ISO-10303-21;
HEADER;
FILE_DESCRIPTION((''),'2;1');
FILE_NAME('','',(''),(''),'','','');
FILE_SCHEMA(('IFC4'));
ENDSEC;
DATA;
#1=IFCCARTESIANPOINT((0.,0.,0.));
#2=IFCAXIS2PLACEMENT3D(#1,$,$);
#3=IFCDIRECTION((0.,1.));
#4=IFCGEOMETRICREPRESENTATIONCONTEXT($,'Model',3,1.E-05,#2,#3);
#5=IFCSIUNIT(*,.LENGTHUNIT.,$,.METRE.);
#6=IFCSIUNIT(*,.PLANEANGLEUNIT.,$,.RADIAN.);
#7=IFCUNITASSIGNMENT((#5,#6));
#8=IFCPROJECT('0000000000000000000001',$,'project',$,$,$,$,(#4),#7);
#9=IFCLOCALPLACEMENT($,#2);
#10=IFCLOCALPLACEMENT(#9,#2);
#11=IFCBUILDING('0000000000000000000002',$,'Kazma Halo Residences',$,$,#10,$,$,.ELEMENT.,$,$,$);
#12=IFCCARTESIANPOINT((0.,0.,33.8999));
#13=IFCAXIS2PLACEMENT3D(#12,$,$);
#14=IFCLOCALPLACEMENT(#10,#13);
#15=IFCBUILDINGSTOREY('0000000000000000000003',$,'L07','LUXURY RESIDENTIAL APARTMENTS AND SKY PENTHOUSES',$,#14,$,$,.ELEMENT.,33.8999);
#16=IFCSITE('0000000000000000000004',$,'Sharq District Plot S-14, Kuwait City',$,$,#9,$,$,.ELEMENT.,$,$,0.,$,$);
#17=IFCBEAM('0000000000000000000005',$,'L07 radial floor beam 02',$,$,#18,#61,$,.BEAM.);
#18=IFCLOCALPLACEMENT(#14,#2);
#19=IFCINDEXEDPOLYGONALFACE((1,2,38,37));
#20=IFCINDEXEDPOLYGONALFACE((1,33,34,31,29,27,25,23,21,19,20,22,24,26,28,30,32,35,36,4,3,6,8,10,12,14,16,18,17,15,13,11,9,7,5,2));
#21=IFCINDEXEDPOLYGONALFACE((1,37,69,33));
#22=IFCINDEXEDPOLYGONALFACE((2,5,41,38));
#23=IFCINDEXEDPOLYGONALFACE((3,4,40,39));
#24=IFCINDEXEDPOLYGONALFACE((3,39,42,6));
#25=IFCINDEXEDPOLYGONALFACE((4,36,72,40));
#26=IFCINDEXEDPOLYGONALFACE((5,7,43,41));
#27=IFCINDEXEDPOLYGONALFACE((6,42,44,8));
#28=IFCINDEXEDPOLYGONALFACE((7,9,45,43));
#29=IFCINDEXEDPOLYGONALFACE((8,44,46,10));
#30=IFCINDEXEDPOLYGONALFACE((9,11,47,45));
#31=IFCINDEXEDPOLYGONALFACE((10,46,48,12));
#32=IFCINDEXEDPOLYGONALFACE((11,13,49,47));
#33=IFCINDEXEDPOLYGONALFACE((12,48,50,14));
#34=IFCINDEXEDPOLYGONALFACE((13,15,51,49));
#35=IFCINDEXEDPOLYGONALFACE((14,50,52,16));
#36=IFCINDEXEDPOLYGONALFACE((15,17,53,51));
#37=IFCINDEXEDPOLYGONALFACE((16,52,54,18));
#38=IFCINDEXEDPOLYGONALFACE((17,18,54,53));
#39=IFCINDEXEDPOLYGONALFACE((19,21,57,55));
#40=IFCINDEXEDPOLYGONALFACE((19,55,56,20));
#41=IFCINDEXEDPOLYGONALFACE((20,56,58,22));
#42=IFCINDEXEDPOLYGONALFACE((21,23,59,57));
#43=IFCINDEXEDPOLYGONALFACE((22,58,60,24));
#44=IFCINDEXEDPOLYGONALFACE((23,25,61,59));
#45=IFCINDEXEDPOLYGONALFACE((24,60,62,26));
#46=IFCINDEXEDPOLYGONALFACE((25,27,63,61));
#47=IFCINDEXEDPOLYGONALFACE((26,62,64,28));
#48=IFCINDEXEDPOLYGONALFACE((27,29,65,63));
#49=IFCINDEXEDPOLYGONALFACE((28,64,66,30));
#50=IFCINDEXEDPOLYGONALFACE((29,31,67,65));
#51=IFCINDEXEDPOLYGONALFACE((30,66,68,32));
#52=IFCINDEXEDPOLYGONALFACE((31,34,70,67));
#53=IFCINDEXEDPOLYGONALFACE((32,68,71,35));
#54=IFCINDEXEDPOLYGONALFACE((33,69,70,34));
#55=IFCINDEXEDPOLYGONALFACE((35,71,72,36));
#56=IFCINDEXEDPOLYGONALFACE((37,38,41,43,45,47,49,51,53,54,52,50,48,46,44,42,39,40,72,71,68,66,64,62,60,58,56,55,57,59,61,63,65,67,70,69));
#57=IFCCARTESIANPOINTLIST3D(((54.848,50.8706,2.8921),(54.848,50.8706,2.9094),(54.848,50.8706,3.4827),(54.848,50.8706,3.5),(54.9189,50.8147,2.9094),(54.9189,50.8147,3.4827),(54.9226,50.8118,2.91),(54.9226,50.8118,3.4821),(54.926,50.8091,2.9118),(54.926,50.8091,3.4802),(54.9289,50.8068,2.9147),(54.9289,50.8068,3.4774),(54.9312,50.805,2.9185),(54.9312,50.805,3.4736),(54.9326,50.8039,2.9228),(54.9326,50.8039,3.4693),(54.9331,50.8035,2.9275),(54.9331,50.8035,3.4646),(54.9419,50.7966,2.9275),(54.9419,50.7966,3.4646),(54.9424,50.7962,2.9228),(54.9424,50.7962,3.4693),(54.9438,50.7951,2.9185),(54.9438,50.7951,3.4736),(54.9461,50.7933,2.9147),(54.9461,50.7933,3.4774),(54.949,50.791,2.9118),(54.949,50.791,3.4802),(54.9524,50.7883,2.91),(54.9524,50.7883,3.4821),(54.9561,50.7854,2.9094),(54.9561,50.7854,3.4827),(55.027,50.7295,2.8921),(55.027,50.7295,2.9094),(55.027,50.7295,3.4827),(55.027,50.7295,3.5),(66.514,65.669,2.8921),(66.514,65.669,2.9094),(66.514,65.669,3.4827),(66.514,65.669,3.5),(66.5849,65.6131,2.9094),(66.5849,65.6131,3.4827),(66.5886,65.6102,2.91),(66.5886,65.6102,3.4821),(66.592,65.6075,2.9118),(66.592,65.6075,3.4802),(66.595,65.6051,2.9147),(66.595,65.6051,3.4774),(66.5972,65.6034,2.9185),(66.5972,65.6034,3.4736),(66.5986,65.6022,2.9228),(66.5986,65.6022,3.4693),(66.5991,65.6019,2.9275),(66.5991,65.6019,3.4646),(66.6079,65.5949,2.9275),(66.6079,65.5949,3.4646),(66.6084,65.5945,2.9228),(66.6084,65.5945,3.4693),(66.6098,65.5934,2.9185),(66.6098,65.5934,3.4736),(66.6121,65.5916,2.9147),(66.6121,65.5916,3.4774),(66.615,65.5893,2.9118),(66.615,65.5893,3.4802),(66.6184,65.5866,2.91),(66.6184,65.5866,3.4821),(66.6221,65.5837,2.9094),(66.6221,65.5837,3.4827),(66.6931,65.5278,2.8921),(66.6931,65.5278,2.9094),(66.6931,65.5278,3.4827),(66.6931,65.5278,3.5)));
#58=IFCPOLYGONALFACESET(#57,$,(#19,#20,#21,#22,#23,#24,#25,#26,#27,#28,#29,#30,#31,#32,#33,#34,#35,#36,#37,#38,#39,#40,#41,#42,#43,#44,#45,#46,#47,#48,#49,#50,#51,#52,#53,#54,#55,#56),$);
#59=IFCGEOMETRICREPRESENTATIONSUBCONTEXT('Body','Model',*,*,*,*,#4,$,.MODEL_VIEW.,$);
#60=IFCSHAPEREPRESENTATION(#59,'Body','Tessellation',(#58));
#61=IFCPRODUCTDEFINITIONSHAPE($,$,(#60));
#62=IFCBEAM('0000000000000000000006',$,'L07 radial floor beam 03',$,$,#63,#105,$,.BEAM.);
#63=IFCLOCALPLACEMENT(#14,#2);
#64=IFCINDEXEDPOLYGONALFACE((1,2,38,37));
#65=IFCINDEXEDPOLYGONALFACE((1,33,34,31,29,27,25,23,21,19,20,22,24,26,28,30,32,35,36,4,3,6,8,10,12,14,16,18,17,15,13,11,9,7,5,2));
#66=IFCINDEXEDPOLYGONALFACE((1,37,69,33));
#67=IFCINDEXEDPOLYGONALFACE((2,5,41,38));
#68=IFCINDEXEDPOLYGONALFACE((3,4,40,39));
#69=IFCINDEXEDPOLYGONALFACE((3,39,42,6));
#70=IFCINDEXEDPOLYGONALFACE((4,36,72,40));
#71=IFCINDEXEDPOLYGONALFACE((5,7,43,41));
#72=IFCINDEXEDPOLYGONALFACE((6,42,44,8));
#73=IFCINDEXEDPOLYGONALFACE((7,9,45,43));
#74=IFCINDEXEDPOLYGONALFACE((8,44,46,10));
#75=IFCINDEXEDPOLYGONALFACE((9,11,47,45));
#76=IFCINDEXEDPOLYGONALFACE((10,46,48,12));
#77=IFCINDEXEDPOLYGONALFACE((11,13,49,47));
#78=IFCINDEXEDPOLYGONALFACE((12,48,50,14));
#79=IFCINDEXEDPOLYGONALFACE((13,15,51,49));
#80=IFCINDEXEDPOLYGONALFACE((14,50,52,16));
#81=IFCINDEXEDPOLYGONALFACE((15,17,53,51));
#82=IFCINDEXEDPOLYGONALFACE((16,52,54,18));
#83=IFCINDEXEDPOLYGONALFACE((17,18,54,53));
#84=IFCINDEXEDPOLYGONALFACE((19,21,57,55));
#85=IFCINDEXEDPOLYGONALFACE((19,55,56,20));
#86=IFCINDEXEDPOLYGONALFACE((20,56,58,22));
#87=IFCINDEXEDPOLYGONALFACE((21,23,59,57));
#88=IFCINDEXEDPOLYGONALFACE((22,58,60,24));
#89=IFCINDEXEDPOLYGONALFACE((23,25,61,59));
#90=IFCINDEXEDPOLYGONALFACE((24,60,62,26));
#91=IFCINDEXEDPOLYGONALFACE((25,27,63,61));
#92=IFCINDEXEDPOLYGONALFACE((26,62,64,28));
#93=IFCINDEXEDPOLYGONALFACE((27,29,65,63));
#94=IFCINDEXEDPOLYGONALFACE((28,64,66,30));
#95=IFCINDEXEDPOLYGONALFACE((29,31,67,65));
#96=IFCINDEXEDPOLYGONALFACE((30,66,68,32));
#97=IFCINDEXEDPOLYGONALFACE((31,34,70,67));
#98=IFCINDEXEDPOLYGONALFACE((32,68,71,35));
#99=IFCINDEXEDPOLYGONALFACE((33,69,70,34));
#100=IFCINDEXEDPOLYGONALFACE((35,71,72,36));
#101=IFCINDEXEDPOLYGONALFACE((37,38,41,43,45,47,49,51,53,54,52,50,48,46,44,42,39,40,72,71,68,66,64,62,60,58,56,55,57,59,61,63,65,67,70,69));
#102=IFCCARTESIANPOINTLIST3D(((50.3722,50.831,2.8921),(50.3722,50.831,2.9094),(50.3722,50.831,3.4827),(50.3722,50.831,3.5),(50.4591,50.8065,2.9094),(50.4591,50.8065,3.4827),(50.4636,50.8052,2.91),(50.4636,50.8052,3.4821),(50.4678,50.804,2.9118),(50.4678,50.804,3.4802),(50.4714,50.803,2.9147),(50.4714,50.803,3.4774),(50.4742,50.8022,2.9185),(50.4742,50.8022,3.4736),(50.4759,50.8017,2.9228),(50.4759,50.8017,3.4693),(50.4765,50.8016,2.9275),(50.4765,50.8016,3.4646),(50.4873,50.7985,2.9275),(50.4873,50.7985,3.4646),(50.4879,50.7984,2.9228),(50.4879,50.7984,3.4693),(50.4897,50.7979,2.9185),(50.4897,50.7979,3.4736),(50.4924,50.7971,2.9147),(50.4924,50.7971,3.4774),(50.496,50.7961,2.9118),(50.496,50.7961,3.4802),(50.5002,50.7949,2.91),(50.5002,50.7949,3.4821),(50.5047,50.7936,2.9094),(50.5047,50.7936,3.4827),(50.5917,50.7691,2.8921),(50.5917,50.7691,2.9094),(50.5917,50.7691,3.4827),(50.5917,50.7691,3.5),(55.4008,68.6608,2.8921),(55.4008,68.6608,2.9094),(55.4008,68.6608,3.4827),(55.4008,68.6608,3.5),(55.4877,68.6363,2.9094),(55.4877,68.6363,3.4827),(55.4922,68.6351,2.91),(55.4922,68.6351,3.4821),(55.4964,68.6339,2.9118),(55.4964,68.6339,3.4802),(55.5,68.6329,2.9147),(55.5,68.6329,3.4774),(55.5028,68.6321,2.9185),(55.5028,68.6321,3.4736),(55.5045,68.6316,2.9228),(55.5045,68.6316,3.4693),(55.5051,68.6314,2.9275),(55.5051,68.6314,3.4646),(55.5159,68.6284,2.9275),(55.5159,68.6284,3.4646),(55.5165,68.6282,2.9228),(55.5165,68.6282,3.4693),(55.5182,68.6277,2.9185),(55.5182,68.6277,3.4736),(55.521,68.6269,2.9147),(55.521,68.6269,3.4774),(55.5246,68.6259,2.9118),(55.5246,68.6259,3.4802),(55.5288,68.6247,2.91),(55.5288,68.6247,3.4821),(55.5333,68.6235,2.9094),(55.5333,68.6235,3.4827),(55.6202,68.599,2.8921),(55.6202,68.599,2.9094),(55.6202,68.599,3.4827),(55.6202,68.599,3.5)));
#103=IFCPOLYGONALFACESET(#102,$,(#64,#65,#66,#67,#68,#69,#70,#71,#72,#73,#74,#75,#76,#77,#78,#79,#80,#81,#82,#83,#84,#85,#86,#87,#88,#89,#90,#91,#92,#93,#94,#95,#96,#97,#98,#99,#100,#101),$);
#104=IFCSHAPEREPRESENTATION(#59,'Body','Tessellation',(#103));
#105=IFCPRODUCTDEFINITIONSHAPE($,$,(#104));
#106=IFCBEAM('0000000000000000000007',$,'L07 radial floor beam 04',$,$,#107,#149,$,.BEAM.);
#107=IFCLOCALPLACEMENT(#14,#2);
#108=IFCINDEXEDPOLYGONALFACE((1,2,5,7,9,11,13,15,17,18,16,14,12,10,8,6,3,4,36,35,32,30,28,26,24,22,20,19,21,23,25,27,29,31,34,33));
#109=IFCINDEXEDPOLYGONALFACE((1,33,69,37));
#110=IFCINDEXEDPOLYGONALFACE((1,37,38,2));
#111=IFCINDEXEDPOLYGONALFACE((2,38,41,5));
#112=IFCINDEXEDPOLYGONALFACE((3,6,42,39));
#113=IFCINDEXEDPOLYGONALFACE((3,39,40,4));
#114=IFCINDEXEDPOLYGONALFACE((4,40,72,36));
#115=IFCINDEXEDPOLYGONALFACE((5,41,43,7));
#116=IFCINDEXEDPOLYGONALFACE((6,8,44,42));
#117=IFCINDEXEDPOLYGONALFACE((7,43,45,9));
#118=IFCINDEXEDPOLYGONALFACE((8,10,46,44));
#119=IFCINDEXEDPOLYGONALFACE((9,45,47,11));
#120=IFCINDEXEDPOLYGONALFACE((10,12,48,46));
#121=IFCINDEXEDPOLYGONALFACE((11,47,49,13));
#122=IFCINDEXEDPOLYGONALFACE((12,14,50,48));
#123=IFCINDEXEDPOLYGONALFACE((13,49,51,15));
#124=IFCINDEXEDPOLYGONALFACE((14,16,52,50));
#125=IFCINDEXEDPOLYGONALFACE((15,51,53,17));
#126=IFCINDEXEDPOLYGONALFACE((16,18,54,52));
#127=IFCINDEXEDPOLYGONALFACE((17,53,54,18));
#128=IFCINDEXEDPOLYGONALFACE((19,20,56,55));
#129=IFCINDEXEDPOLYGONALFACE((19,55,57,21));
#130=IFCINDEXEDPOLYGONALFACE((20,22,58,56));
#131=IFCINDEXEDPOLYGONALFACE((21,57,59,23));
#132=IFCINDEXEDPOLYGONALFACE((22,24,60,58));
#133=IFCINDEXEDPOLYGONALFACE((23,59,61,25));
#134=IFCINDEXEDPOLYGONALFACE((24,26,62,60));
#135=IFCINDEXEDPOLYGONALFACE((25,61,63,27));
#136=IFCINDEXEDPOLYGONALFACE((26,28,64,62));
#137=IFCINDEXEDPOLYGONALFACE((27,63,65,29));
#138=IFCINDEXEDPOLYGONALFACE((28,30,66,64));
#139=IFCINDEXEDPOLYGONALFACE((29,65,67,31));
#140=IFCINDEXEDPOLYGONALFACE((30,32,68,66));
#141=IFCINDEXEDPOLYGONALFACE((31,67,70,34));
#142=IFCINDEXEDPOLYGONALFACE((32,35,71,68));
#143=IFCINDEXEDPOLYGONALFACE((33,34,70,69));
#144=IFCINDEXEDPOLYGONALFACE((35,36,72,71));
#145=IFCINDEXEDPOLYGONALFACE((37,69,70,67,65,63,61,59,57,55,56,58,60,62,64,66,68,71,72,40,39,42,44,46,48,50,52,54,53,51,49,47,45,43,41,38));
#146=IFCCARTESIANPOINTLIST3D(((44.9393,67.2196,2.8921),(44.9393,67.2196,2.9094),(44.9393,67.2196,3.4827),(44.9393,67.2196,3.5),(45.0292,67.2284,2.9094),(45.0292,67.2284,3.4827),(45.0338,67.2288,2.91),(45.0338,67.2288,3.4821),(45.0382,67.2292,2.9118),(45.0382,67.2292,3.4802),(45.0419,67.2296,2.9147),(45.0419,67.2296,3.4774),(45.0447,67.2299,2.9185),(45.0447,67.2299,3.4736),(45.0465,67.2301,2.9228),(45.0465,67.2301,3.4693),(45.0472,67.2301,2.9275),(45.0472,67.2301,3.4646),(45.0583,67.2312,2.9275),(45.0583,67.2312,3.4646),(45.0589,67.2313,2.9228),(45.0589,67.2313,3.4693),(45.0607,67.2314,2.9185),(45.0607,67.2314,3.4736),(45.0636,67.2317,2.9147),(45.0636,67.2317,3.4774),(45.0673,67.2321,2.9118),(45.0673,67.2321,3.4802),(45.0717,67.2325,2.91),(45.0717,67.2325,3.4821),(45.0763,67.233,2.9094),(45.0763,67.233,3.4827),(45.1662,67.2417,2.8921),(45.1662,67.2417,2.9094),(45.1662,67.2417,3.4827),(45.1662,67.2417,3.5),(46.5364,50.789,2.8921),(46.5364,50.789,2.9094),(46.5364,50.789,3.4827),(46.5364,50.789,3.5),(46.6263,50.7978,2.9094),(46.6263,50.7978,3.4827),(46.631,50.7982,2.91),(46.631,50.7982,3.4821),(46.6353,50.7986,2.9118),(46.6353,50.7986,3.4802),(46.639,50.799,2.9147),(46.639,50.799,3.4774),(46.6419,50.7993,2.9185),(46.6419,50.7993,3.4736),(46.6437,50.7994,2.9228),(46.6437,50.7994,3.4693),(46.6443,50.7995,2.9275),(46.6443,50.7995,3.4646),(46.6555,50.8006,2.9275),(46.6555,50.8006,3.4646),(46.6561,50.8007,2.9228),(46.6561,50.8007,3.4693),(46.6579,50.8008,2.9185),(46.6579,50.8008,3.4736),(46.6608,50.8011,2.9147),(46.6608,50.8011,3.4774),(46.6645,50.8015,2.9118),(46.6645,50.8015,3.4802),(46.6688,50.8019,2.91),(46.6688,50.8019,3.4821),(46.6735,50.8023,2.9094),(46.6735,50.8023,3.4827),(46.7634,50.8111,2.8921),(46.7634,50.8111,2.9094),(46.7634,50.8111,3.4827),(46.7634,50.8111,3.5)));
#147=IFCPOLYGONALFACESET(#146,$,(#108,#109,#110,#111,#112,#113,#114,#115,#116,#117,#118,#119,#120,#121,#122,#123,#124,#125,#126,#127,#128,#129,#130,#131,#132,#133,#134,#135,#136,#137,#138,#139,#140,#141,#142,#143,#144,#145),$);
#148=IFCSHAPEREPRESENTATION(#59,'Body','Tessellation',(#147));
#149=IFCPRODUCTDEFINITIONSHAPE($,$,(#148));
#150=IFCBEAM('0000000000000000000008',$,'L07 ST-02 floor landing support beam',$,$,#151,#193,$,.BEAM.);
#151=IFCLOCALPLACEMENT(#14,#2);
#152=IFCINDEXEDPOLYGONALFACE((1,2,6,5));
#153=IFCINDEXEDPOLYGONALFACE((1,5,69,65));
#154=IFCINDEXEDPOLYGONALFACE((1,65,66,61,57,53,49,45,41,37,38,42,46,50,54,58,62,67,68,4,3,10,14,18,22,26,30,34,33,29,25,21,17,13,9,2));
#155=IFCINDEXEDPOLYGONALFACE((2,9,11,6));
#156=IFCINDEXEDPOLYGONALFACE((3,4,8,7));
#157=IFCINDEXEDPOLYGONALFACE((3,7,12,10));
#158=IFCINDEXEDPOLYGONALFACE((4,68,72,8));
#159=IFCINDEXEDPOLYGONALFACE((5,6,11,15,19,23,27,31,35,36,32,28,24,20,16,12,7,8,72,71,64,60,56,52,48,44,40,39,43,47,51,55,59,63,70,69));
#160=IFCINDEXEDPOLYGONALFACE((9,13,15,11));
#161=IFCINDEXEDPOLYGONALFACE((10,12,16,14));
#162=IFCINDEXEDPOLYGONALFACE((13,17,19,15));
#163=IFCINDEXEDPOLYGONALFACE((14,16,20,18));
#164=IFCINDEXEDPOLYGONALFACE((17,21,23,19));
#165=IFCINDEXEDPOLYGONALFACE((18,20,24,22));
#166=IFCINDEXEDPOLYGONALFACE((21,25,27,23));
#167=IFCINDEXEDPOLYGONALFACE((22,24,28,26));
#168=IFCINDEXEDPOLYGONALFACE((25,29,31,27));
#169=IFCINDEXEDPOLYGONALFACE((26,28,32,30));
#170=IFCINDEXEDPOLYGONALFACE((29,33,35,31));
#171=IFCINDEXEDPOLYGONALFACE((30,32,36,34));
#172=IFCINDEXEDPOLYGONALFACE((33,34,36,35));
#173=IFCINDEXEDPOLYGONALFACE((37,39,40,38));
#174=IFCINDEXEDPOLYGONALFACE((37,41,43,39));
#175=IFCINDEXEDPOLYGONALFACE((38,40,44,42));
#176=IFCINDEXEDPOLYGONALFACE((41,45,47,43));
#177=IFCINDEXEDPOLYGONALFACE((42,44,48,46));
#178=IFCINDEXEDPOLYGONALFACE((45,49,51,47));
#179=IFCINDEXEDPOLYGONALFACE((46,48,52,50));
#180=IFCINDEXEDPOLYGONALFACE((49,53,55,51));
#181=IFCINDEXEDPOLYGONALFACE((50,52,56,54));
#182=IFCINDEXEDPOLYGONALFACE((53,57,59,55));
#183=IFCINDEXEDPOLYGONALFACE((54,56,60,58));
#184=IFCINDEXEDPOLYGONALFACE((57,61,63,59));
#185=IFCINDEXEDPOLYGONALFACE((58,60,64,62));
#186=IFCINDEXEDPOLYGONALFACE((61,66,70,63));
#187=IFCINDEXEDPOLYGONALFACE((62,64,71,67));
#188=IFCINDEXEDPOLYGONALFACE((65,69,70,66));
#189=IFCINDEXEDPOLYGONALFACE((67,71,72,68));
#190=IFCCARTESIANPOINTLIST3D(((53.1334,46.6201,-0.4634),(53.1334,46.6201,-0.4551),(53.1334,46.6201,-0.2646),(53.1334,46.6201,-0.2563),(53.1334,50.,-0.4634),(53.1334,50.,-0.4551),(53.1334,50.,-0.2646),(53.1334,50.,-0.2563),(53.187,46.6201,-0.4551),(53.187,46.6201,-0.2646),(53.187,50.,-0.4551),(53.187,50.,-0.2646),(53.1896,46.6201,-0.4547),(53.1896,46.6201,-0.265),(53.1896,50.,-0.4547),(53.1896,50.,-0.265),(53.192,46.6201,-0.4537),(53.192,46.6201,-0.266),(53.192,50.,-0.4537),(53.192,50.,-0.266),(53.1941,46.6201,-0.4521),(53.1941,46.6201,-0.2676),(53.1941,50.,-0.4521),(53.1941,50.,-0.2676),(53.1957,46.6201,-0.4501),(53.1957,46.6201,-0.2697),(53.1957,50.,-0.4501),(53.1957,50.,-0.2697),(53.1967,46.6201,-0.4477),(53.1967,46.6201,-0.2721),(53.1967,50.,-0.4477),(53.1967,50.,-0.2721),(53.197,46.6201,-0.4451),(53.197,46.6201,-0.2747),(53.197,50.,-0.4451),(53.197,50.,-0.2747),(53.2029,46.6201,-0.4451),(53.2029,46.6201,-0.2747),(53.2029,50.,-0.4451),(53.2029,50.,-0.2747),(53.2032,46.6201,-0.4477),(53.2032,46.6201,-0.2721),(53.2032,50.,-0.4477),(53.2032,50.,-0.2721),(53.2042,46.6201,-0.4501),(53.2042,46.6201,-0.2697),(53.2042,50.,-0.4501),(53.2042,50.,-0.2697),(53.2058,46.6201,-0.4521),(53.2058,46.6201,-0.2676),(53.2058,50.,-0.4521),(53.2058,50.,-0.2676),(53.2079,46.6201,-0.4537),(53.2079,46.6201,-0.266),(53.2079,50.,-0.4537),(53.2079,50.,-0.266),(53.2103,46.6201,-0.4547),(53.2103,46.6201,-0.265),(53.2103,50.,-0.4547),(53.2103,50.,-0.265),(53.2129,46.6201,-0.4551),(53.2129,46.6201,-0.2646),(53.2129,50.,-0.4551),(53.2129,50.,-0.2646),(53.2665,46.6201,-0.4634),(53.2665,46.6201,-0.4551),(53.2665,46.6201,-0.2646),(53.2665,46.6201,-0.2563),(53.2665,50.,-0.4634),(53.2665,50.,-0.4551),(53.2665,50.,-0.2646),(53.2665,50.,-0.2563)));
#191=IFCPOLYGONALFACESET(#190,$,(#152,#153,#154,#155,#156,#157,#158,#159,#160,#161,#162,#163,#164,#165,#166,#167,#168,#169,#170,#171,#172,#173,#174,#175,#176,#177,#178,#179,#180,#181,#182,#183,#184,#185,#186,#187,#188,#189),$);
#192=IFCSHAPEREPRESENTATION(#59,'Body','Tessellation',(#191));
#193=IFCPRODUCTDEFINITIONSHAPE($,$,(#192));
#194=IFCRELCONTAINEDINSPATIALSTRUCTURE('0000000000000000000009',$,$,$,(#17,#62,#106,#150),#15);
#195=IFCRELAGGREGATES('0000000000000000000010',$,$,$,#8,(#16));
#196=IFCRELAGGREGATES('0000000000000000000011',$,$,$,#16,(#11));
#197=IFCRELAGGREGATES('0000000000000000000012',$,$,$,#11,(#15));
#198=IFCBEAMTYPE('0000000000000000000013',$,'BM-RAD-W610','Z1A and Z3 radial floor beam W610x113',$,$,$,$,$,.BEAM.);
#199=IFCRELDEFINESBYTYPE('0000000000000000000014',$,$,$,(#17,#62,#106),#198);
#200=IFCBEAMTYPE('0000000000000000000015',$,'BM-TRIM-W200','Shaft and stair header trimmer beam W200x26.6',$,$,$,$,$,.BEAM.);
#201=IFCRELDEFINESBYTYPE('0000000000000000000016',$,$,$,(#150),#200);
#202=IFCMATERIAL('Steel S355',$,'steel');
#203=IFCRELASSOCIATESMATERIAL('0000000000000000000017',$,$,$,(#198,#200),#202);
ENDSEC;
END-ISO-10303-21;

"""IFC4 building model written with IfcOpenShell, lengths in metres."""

from ifc_helpers import new_model, si_unit, direction, frame, origin, origin_2d, place, context, subcontext, project, spatial, i_section, extrude, material, material_profile, profile_set, type_object, element, save


model = new_model("IFC4")

# Units and contexts
model_context = context("Model", 3, precision=1e-05, world=origin(), true_north=direction((0.0, 1.0)))
body_context = subcontext(model_context, "Body", "Model", "MODEL_VIEW")
ifc_project = project(units=[si_unit("LENGTHUNIT", "METRE"), si_unit("PLANEANGLEUNIT", "RADIAN")], contexts=[model_context])

# Site, building, storey
site_placement = place(None, origin())
site = spatial("IfcSite", under=ifc_project, at=site_placement, Name="Sharq District Plot S-14, Kuwait City", CompositionType="ELEMENT", RefElevation=0.0)
building_placement = place(site_placement, origin())
building = spatial("IfcBuilding", under=site, at=building_placement, Name="Kazma Halo Residences", CompositionType="ELEMENT")
storey_placement = place(building_placement, frame((0.0, 0.0, 33.8999)))
storey = spatial("IfcBuildingStorey", under=building, at=storey_placement, Name="L07", Description="LUXURY RESIDENTIAL APARTMENTS AND SKY PENTHOUSES", CompositionType="ELEMENT", Elevation=33.8999)

# Shared definitions
ifc_material_1 = material(Name="Steel S355", Category="steel")

# Beams
ifc_material_profile_1 = material_profile(ifc_material_1, i_section(OverallWidth=0.228, OverallDepth=0.6079, WebThickness=0.0112, FlangeThickness=0.0173, FilletRadius=0.0181, at=origin_2d()), Name="W610x113")
ifc_profile_set_1 = profile_set([ifc_material_profile_1], Name="Steel S355")
beam_type_1 = type_object("IfcBeamType", Name="BM-RAD-W610", Description="Z1A and Z3 radial floor beam W610x113", PredefinedType="BEAM", material=ifc_profile_set_1)
beam_1_placement = place(storey_placement, frame((54.9375, 50.8, 3.196), z_axis=(0.619092, 0.785318, 0.0), x_axis=(-0.785318, 0.619092, 0.0)))
element("IfcBeam", 1, at=beam_1_placement, inside=storey, type_object=beam_type_1, Name="L07 radial floor beam 02", PredefinedType="BEAM", context=body_context, shape_type="SweptSolid", body=[
    extrude(i_section(OverallWidth=0.228, OverallDepth=0.6079, WebThickness=0.0112, FlangeThickness=0.0173, FilletRadius=0.0181, at=origin_2d()), origin(), (0.0, 0.0, 1.0), 18.8438),
])
beam_2_placement = place(storey_placement, frame((50.4819, 50.8, 3.196), z_axis=(0.271442, 0.962455, 0.0), x_axis=(-0.962455, 0.271442, 0.0)))
element("IfcBeam", 2, at=beam_2_placement, inside=storey, type_object=beam_type_1, Name="L07 radial floor beam 03", PredefinedType="BEAM", context=body_context, shape_type="SweptSolid", body=[
    extrude(i_section(OverallWidth=0.228, OverallDepth=0.6079, WebThickness=0.0112, FlangeThickness=0.0173, FilletRadius=0.0181, at=origin_2d()), origin(), (0.0, 0.0, 1.0), 18.5254),
])
beam_3_placement = place(storey_placement, frame((46.6499, 50.8, 3.196), z_axis=(-0.096751, 0.995309, 0.0), x_axis=(-0.995309, -0.096751, 0.0)))
element("IfcBeam", 3, at=beam_3_placement, inside=storey, type_object=beam_type_1, Name="L07 radial floor beam 04", PredefinedType="BEAM", context=body_context, shape_type="SweptSolid", body=[
    extrude(i_section(OverallWidth=0.228, OverallDepth=0.6079, WebThickness=0.0112, FlangeThickness=0.0173, FilletRadius=0.0181, at=origin_2d()), origin(), (0.0, 0.0, 1.0), 16.5081),
])
ifc_material_profile_2 = material_profile(ifc_material_1, i_section(OverallWidth=0.1331, OverallDepth=0.207, WebThickness=0.0059, FlangeThickness=0.0083, FilletRadius=0.01, at=origin_2d()), Name="W200x26.6")
ifc_profile_set_2 = profile_set([ifc_material_profile_2], Name="Steel S355")
beam_type_2 = type_object("IfcBeamType", Name="BM-TRIM-W200", Description="Shaft and stair header trimmer beam W200x26.6", PredefinedType="BEAM", material=ifc_profile_set_2)
beam_4_placement = place(storey_placement, frame((53.2, 46.6201, -0.3599), z_axis=(0.0, 1.0, 0.0), x_axis=(-1.0, 0.0, 0.0)))
element("IfcBeam", 4, at=beam_4_placement, inside=storey, type_object=beam_type_2, Name="L07 ST-02 floor landing support beam", PredefinedType="BEAM", context=body_context, shape_type="SweptSolid", body=[
    extrude(i_section(OverallWidth=0.1331, OverallDepth=0.207, WebThickness=0.0059, FlangeThickness=0.0083, FilletRadius=0.01, at=origin_2d()), origin(), (0.0, 0.0, 1.0), 3.3799),
])

save(model, "model.ifc")
